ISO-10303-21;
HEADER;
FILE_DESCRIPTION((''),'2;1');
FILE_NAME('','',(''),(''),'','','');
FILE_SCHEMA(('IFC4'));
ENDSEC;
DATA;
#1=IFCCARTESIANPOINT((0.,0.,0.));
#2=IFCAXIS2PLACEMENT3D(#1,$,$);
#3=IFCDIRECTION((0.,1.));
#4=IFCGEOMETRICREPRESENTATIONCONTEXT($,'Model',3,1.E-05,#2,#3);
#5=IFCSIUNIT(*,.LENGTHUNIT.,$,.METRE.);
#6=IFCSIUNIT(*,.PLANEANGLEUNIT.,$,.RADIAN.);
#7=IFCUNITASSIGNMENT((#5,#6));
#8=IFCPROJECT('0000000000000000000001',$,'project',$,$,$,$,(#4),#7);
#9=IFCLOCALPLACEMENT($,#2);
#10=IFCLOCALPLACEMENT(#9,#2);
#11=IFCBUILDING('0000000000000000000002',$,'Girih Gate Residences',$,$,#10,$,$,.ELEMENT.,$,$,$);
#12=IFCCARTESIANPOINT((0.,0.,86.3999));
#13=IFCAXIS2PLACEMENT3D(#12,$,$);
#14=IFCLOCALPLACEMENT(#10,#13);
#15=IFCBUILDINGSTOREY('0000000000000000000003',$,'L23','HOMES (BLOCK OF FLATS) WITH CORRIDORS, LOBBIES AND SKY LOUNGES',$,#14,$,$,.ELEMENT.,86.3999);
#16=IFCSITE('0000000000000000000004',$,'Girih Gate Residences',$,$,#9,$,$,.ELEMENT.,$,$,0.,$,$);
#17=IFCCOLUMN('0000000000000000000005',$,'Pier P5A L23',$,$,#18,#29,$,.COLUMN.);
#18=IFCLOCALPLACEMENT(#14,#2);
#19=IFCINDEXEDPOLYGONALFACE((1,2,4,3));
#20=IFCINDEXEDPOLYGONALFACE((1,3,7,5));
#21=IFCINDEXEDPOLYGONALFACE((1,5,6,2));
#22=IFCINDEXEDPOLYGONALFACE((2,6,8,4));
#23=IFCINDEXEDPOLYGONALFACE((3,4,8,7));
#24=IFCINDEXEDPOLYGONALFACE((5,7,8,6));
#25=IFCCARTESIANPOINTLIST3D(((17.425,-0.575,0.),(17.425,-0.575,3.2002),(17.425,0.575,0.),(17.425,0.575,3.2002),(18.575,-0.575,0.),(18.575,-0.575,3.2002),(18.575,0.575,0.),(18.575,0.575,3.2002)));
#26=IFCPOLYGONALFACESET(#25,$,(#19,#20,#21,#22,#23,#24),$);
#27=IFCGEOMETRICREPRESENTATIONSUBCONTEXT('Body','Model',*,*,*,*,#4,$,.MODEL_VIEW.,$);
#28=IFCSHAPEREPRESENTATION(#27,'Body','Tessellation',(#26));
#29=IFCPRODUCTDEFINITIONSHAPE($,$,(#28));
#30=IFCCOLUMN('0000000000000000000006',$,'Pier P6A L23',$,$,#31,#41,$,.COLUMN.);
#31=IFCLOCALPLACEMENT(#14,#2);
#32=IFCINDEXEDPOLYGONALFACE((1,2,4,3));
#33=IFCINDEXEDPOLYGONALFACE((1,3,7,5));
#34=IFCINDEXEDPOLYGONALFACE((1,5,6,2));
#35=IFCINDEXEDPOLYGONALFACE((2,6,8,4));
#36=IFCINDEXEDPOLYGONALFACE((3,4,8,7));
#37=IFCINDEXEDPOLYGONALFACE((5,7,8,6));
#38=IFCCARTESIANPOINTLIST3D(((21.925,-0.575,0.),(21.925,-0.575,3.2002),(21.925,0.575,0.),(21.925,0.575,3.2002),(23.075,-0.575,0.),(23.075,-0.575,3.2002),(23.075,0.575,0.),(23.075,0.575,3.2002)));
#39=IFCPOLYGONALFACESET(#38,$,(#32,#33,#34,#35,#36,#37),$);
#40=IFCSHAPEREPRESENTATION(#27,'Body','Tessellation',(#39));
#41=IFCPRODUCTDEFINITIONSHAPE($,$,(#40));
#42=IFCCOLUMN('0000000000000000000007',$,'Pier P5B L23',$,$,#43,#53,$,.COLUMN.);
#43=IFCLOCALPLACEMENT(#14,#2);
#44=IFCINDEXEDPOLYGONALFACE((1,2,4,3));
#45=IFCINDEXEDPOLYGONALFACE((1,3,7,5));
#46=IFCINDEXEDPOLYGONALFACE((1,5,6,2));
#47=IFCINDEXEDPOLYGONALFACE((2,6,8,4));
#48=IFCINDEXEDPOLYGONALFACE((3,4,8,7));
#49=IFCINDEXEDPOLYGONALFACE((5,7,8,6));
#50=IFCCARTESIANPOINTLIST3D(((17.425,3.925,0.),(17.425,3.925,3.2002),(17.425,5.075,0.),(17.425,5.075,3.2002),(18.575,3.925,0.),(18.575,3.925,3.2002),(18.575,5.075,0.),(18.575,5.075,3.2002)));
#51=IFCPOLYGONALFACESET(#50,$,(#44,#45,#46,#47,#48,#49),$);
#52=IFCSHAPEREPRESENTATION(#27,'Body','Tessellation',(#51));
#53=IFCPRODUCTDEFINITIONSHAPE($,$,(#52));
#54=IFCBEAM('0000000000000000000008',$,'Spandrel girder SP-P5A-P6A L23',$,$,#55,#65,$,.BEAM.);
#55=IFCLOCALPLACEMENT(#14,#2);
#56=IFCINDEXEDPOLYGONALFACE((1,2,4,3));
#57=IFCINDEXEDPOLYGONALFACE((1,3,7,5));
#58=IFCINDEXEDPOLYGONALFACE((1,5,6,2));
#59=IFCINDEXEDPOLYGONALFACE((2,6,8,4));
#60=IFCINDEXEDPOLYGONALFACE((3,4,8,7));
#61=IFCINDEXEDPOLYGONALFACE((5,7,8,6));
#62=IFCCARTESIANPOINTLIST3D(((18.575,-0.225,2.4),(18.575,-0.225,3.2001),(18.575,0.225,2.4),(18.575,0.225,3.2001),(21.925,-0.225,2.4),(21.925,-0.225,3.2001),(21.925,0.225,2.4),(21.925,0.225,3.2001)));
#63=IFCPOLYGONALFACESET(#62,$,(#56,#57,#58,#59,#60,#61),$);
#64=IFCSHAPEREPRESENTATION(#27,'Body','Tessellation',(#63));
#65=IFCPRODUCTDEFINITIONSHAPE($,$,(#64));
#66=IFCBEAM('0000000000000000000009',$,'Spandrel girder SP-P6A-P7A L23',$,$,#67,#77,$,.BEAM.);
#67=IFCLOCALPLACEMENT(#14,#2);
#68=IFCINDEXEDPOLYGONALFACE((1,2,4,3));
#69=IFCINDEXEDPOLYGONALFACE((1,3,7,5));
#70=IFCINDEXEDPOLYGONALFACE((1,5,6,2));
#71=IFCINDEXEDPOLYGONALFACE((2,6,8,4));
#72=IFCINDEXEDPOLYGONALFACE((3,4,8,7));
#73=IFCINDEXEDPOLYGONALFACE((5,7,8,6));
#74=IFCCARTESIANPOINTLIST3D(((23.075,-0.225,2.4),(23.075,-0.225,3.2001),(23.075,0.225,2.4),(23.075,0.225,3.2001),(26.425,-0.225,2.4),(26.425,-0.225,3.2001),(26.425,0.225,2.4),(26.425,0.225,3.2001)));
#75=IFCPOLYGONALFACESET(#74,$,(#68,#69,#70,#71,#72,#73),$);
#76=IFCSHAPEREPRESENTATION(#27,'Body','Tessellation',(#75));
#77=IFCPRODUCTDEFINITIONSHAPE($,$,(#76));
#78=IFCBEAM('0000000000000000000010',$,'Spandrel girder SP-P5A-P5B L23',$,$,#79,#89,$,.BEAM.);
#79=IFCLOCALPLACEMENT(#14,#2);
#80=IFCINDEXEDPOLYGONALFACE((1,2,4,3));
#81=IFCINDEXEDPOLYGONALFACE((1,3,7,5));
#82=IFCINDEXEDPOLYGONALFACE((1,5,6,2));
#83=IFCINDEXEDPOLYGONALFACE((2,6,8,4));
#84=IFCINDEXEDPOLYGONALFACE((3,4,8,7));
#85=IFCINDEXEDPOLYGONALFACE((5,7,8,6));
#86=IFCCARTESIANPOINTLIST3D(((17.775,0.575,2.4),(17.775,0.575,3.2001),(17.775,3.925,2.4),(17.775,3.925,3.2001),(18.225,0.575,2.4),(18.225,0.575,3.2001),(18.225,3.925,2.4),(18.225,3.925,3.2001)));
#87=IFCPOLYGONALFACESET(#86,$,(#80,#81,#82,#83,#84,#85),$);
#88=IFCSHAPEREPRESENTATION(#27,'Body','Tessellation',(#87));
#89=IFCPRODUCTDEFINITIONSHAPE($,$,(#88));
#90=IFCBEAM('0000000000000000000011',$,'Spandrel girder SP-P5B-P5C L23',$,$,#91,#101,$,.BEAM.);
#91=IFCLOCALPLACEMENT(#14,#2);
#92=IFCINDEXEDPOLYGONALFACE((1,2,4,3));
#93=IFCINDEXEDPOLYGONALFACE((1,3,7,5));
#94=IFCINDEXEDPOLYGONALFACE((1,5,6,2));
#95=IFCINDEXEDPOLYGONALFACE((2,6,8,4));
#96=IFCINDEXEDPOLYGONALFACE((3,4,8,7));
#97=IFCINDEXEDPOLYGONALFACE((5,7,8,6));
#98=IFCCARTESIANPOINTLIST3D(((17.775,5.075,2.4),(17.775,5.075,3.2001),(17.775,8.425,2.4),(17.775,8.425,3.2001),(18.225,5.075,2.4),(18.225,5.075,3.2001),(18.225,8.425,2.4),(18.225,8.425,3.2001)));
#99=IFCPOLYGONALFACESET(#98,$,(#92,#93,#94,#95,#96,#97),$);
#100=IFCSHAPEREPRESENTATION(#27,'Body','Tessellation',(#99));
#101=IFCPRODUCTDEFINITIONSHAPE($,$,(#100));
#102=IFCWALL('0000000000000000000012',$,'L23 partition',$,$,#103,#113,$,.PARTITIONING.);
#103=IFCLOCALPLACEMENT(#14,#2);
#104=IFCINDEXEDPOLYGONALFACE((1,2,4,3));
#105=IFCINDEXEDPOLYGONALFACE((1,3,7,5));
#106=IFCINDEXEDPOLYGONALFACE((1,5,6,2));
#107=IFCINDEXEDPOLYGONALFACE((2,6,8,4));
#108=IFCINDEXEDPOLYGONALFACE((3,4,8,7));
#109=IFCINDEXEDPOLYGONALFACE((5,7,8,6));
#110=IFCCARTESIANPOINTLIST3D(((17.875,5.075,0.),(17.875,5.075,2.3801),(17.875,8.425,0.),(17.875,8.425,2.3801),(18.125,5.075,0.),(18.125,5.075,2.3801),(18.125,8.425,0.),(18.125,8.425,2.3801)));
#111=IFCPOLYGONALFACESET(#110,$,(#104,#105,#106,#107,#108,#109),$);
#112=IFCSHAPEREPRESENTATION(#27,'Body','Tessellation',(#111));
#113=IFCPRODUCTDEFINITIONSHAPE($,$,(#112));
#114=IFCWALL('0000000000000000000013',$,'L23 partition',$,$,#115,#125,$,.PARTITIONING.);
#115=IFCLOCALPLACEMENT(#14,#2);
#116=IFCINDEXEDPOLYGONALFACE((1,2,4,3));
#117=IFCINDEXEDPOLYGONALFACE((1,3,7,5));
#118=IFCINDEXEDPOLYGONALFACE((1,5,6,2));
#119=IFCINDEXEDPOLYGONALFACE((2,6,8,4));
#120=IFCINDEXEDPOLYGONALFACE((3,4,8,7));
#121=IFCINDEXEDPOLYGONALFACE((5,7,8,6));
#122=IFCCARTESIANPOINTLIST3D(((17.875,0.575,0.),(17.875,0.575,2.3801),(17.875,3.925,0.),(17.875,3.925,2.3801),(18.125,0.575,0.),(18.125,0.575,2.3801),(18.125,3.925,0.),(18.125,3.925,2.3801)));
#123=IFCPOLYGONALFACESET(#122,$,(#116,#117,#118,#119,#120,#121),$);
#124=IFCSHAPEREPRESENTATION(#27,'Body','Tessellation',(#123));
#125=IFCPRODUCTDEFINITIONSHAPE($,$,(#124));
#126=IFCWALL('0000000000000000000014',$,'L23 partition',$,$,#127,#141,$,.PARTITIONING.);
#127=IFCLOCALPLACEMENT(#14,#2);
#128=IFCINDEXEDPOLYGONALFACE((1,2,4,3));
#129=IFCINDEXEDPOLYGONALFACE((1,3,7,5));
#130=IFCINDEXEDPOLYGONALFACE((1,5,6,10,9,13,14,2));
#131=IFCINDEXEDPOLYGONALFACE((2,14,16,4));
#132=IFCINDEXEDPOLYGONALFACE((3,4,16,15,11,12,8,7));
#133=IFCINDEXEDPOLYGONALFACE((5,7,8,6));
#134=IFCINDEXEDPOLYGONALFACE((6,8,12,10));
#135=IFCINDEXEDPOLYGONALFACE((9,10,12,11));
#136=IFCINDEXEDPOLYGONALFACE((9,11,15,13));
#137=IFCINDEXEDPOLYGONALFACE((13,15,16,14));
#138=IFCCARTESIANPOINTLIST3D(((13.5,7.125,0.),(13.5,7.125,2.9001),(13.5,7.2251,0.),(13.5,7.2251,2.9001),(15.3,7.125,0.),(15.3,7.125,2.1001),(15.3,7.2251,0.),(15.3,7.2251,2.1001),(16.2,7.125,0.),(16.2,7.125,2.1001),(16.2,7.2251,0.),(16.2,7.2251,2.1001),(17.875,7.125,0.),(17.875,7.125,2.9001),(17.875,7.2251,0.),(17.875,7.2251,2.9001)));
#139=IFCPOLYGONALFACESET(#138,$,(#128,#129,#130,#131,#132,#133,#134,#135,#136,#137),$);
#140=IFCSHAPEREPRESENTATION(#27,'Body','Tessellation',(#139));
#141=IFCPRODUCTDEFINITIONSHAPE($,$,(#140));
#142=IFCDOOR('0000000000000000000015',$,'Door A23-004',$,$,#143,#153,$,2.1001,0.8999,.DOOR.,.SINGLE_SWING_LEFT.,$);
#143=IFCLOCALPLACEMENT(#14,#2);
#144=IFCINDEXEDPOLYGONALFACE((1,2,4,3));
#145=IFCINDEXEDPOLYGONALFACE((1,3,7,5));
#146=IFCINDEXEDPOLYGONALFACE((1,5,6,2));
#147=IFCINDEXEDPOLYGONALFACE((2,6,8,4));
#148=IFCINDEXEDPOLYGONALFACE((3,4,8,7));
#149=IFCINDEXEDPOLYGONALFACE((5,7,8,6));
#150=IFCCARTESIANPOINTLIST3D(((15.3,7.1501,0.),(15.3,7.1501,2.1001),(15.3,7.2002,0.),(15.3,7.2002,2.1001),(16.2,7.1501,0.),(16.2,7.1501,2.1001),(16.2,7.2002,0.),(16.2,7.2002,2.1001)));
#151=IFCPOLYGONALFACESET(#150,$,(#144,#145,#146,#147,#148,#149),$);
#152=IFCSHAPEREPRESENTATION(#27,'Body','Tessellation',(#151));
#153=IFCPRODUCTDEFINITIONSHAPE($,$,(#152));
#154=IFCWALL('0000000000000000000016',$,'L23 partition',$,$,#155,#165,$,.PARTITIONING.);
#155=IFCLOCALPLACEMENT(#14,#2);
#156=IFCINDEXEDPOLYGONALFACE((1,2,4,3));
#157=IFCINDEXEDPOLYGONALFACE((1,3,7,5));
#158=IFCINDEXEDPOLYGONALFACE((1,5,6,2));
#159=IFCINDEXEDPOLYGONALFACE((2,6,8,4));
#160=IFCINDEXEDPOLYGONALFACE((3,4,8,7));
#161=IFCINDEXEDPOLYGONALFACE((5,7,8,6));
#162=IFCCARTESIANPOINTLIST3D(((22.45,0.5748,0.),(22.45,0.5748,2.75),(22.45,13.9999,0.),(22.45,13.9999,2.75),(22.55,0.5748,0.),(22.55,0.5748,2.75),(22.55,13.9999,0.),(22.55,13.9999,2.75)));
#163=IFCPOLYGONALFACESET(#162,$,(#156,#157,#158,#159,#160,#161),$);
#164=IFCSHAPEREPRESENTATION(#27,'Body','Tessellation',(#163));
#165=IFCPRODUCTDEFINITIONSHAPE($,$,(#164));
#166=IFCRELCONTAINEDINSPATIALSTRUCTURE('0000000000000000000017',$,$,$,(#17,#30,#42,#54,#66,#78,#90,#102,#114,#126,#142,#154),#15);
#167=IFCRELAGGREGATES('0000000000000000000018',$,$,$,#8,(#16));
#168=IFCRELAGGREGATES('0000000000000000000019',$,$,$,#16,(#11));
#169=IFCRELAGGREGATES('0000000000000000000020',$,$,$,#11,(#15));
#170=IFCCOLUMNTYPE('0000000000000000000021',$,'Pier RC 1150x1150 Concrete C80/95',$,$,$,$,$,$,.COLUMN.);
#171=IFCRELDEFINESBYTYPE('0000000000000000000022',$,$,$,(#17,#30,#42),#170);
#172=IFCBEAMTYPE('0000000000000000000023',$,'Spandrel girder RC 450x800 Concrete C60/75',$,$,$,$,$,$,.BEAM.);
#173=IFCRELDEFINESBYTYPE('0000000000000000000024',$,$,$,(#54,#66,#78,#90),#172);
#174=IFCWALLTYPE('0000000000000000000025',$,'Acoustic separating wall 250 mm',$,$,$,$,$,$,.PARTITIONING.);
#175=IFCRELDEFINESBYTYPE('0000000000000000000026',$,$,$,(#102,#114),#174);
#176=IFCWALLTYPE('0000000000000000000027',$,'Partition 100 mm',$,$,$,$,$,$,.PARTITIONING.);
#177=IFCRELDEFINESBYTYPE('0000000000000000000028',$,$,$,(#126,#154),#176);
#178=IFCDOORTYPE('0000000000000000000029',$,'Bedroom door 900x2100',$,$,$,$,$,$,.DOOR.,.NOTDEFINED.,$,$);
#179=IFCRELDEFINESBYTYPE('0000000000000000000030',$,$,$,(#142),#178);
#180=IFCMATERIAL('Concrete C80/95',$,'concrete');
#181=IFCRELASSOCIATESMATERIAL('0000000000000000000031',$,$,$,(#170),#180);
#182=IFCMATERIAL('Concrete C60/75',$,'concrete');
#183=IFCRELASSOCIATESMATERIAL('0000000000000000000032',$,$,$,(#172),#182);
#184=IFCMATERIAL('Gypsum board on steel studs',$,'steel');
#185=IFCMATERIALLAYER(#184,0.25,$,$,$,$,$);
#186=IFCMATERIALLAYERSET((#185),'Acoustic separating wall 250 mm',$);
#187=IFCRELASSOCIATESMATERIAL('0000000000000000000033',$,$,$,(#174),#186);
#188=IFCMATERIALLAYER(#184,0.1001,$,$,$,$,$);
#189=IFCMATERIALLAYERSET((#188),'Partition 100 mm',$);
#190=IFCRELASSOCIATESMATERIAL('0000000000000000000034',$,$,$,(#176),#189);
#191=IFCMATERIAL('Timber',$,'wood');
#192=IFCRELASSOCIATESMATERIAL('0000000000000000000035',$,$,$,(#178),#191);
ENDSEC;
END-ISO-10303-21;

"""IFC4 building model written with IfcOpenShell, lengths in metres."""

from ifc_helpers import new_model, si_unit, direction, frame, frame_2d, origin, origin_2d, place, context, subcontext, project, spatial, rectangle, extrude, material, layer, layer_set, material_profile, profile_set, type_object, element, fill, save


model = new_model("IFC4")

# Units and contexts
model_context = context("Model", 3, precision=1e-05, world=origin(), true_north=direction((0.0, 1.0)))
body_context = subcontext(model_context, "Body", "Model", "MODEL_VIEW")
ifc_project = project(units=[si_unit("LENGTHUNIT", "METRE"), si_unit("PLANEANGLEUNIT", "RADIAN")], contexts=[model_context])

# Site, building, storey
site_placement = place(None, origin())
site = spatial("IfcSite", under=ifc_project, at=site_placement, Name="Girih Gate Residences", CompositionType="ELEMENT", RefElevation=0.0)
building_placement = place(site_placement, origin())
building = spatial("IfcBuilding", under=site, at=building_placement, Name="Girih Gate Residences", CompositionType="ELEMENT")
storey_placement = place(building_placement, frame((0.0, 0.0, 86.3999)))
storey = spatial("IfcBuildingStorey", under=building, at=storey_placement, Name="L23", Description="HOMES (BLOCK OF FLATS) WITH CORRIDORS, LOBBIES AND SKY LOUNGES", CompositionType="ELEMENT", Elevation=86.3999)

# Columns
ifc_material_1 = material(Name="Concrete C80/95", Category="concrete")
ifc_material_profile_1 = material_profile(ifc_material_1, rectangle(XDim=1.1499, YDim=1.1499, at=origin_2d()))
ifc_profile_set_1 = profile_set([ifc_material_profile_1], Name="Concrete C80/95")
column_type = type_object("IfcColumnType", Name="Pier RC 1150x1150 Concrete C80/95", PredefinedType="COLUMN", material=ifc_profile_set_1)
for number, where, z_axis, x_axis, name in (
    (1, (18.0, 0.0, 0.0), (0.0, 0.0, 1.0), (1.0, 0.0, 0.0), "Pier P5A L23"),
    (2, (22.5, 0.0, 0.0), (0.0, 0.0, 1.0), (1.0, 0.0, 0.0), "Pier P6A L23"),
    (3, (18.0, 4.5, 0.0), (0.0, 0.0, 1.0), (1.0, 0.0, 0.0), "Pier P5B L23"),
):
    element("IfcColumn", number, at=place(storey_placement, frame(where, z_axis=z_axis, x_axis=x_axis)), inside=storey, type_object=column_type, Name=name, PredefinedType="COLUMN", context=body_context, shape_type="SweptSolid", body=[
        extrude(rectangle(XDim=1.1499, YDim=1.1499, at=origin_2d()), origin(), (0.0, 0.0, 1.0), 3.2002),
    ])

# Beams
ifc_material_2 = material(Name="Concrete C60/75", Category="concrete")
ifc_material_profile_2 = material_profile(ifc_material_2, rectangle(XDim=0.45, YDim=0.8, at=origin_2d()))
ifc_profile_set_2 = profile_set([ifc_material_profile_2], Name="Concrete C60/75")
beam_type = type_object("IfcBeamType", Name="Spandrel girder RC 450x800 Concrete C60/75", PredefinedType="BEAM", material=ifc_profile_set_2)
for number, where, z_axis, x_axis, name in (
    (4, (18.575, 0.0, 2.8), (1.0, 0.0, 0.0), (0.0, 1.0, 0.0), "Spandrel girder SP-P5A-P6A L23"),
    (5, (23.075, 0.0, 2.8), (1.0, 0.0, 0.0), (0.0, 1.0, 0.0), "Spandrel girder SP-P6A-P7A L23"),
    (6, (18.0, 0.575, 2.8), (0.0, 1.0, 0.0), (-1.0, 0.0, 0.0), "Spandrel girder SP-P5A-P5B L23"),
    (7, (18.0, 5.075, 2.8), (0.0, 1.0, 0.0), (-1.0, 0.0, 0.0), "Spandrel girder SP-P5B-P5C L23"),
):
    element("IfcBeam", number, at=place(storey_placement, frame(where, z_axis=z_axis, x_axis=x_axis)), inside=storey, type_object=beam_type, Name=name, PredefinedType="BEAM", context=body_context, shape_type="SweptSolid", body=[
        extrude(rectangle(XDim=0.45, YDim=0.8, at=origin_2d()), origin(), (0.0, 0.0, 1.0), 3.3501),
    ])

# Walls
ifc_material_3 = material(Name="Gypsum board on steel studs", Category="steel")
ifc_layer_1 = layer(ifc_material_3, 0.25)
ifc_layer_set_1 = layer_set([ifc_layer_1], Name="Acoustic separating wall 250 mm")
wall_type_1 = type_object("IfcWallType", Name="Acoustic separating wall 250 mm", PredefinedType="PARTITIONING", material=ifc_layer_set_1)
for number, where, z_axis, x_axis, name in (
    (8, (18.0, 5.075, 0.0), (0.0, 0.0, 1.0), (0.0, 1.0, 0.0), "L23 partition"),
    (9, (18.0, 0.575, 0.0), (0.0, 0.0, 1.0), (0.0, 1.0, 0.0), "L23 partition"),
):
    element("IfcWall", number, at=place(storey_placement, frame(where, z_axis=z_axis, x_axis=x_axis)), inside=storey, type_object=wall_type_1, Name=name, PredefinedType="PARTITIONING", context=body_context, shape_type="SweptSolid", body=[
        extrude(rectangle(XDim=3.3501, YDim=0.25, at=frame_2d((1.675, 0.0))), origin(), (0.0, 0.0, 1.0), 2.3801),
    ])

# Wall, opening, door
ifc_layer_2 = layer(ifc_material_3, 0.1001)
ifc_layer_set_2 = layer_set([ifc_layer_2], Name="Partition 100 mm")
wall_type_2 = type_object("IfcWallType", Name="Partition 100 mm", PredefinedType="PARTITIONING", material=ifc_layer_set_2)
wall_1_placement = place(storey_placement, frame((17.875, 7.175, 0.0), z_axis=(0.0, 0.0, 1.0), x_axis=(-1.0, 0.0, 0.0)))
wall_1 = element("IfcWall", 10, at=wall_1_placement, inside=storey, type_object=wall_type_2, Name="L23 partition", PredefinedType="PARTITIONING", context=body_context, shape_type="SweptSolid", body=[
    extrude(rectangle(XDim=4.375, YDim=0.1001, at=frame_2d((2.1875, 0.0))), origin(), (0.0, 0.0, 1.0), 2.9001),
])
opening_1_placement = place(wall_1_placement, frame((1.675, 0.0, 0.0)))
opening_1 = element("IfcOpeningElement", 11, at=opening_1_placement, cuts=wall_1, PredefinedType="OPENING", context=body_context, shape_type="SweptSolid", body=[
    extrude(rectangle(XDim=0.8999, YDim=2.1001, at=frame_2d((0.45, 1.05))), frame((0.0, 0.0601, 0.0), z_axis=(0.0, -1.0, 0.0), x_axis=(1.0, 0.0, 0.0)), (0.0, 0.0, 1.0), 0.1201),
])
ifc_material_4 = material(Name="Timber", Category="wood")
door_type = type_object("IfcDoorType", Name="Bedroom door 900x2100", OperationType="NOTDEFINED", PredefinedType="DOOR", material=ifc_material_4)
door_placement = place(opening_1_placement, origin())
door = element("IfcDoor", 12, at=door_placement, inside=storey, type_object=door_type, Name="Door A23-004", OperationType="SINGLE_SWING_LEFT", OverallHeight=2.1001, OverallWidth=0.8999, PredefinedType="DOOR", context=body_context, shape_type="SweptSolid", body=[
    extrude(rectangle(XDim=0.8999, YDim=2.1001, at=frame_2d((0.45, 1.05))), frame((0.0, 0.0249, 0.0), z_axis=(0.0, -1.0, 0.0), x_axis=(1.0, 0.0, 0.0)), (0.0, 0.0, 1.0), 0.05),
])
fill(opening_1, door)

# Wall
wall_2_placement = place(storey_placement, frame((22.5, 0.575, 0.0), z_axis=(0.0, 0.0, 1.0), x_axis=(0.0, 1.0, 0.0)))
element("IfcWall", 13, at=wall_2_placement, inside=storey, type_object=wall_type_2, Name="L23 partition", PredefinedType="PARTITIONING", context=body_context, shape_type="SweptSolid", body=[
    extrude(rectangle(XDim=13.425, YDim=0.1001, at=frame_2d((6.7124, 0.0))), origin(), (0.0, 0.0, 1.0), 2.75),
])

save(model, "model.ifc")
